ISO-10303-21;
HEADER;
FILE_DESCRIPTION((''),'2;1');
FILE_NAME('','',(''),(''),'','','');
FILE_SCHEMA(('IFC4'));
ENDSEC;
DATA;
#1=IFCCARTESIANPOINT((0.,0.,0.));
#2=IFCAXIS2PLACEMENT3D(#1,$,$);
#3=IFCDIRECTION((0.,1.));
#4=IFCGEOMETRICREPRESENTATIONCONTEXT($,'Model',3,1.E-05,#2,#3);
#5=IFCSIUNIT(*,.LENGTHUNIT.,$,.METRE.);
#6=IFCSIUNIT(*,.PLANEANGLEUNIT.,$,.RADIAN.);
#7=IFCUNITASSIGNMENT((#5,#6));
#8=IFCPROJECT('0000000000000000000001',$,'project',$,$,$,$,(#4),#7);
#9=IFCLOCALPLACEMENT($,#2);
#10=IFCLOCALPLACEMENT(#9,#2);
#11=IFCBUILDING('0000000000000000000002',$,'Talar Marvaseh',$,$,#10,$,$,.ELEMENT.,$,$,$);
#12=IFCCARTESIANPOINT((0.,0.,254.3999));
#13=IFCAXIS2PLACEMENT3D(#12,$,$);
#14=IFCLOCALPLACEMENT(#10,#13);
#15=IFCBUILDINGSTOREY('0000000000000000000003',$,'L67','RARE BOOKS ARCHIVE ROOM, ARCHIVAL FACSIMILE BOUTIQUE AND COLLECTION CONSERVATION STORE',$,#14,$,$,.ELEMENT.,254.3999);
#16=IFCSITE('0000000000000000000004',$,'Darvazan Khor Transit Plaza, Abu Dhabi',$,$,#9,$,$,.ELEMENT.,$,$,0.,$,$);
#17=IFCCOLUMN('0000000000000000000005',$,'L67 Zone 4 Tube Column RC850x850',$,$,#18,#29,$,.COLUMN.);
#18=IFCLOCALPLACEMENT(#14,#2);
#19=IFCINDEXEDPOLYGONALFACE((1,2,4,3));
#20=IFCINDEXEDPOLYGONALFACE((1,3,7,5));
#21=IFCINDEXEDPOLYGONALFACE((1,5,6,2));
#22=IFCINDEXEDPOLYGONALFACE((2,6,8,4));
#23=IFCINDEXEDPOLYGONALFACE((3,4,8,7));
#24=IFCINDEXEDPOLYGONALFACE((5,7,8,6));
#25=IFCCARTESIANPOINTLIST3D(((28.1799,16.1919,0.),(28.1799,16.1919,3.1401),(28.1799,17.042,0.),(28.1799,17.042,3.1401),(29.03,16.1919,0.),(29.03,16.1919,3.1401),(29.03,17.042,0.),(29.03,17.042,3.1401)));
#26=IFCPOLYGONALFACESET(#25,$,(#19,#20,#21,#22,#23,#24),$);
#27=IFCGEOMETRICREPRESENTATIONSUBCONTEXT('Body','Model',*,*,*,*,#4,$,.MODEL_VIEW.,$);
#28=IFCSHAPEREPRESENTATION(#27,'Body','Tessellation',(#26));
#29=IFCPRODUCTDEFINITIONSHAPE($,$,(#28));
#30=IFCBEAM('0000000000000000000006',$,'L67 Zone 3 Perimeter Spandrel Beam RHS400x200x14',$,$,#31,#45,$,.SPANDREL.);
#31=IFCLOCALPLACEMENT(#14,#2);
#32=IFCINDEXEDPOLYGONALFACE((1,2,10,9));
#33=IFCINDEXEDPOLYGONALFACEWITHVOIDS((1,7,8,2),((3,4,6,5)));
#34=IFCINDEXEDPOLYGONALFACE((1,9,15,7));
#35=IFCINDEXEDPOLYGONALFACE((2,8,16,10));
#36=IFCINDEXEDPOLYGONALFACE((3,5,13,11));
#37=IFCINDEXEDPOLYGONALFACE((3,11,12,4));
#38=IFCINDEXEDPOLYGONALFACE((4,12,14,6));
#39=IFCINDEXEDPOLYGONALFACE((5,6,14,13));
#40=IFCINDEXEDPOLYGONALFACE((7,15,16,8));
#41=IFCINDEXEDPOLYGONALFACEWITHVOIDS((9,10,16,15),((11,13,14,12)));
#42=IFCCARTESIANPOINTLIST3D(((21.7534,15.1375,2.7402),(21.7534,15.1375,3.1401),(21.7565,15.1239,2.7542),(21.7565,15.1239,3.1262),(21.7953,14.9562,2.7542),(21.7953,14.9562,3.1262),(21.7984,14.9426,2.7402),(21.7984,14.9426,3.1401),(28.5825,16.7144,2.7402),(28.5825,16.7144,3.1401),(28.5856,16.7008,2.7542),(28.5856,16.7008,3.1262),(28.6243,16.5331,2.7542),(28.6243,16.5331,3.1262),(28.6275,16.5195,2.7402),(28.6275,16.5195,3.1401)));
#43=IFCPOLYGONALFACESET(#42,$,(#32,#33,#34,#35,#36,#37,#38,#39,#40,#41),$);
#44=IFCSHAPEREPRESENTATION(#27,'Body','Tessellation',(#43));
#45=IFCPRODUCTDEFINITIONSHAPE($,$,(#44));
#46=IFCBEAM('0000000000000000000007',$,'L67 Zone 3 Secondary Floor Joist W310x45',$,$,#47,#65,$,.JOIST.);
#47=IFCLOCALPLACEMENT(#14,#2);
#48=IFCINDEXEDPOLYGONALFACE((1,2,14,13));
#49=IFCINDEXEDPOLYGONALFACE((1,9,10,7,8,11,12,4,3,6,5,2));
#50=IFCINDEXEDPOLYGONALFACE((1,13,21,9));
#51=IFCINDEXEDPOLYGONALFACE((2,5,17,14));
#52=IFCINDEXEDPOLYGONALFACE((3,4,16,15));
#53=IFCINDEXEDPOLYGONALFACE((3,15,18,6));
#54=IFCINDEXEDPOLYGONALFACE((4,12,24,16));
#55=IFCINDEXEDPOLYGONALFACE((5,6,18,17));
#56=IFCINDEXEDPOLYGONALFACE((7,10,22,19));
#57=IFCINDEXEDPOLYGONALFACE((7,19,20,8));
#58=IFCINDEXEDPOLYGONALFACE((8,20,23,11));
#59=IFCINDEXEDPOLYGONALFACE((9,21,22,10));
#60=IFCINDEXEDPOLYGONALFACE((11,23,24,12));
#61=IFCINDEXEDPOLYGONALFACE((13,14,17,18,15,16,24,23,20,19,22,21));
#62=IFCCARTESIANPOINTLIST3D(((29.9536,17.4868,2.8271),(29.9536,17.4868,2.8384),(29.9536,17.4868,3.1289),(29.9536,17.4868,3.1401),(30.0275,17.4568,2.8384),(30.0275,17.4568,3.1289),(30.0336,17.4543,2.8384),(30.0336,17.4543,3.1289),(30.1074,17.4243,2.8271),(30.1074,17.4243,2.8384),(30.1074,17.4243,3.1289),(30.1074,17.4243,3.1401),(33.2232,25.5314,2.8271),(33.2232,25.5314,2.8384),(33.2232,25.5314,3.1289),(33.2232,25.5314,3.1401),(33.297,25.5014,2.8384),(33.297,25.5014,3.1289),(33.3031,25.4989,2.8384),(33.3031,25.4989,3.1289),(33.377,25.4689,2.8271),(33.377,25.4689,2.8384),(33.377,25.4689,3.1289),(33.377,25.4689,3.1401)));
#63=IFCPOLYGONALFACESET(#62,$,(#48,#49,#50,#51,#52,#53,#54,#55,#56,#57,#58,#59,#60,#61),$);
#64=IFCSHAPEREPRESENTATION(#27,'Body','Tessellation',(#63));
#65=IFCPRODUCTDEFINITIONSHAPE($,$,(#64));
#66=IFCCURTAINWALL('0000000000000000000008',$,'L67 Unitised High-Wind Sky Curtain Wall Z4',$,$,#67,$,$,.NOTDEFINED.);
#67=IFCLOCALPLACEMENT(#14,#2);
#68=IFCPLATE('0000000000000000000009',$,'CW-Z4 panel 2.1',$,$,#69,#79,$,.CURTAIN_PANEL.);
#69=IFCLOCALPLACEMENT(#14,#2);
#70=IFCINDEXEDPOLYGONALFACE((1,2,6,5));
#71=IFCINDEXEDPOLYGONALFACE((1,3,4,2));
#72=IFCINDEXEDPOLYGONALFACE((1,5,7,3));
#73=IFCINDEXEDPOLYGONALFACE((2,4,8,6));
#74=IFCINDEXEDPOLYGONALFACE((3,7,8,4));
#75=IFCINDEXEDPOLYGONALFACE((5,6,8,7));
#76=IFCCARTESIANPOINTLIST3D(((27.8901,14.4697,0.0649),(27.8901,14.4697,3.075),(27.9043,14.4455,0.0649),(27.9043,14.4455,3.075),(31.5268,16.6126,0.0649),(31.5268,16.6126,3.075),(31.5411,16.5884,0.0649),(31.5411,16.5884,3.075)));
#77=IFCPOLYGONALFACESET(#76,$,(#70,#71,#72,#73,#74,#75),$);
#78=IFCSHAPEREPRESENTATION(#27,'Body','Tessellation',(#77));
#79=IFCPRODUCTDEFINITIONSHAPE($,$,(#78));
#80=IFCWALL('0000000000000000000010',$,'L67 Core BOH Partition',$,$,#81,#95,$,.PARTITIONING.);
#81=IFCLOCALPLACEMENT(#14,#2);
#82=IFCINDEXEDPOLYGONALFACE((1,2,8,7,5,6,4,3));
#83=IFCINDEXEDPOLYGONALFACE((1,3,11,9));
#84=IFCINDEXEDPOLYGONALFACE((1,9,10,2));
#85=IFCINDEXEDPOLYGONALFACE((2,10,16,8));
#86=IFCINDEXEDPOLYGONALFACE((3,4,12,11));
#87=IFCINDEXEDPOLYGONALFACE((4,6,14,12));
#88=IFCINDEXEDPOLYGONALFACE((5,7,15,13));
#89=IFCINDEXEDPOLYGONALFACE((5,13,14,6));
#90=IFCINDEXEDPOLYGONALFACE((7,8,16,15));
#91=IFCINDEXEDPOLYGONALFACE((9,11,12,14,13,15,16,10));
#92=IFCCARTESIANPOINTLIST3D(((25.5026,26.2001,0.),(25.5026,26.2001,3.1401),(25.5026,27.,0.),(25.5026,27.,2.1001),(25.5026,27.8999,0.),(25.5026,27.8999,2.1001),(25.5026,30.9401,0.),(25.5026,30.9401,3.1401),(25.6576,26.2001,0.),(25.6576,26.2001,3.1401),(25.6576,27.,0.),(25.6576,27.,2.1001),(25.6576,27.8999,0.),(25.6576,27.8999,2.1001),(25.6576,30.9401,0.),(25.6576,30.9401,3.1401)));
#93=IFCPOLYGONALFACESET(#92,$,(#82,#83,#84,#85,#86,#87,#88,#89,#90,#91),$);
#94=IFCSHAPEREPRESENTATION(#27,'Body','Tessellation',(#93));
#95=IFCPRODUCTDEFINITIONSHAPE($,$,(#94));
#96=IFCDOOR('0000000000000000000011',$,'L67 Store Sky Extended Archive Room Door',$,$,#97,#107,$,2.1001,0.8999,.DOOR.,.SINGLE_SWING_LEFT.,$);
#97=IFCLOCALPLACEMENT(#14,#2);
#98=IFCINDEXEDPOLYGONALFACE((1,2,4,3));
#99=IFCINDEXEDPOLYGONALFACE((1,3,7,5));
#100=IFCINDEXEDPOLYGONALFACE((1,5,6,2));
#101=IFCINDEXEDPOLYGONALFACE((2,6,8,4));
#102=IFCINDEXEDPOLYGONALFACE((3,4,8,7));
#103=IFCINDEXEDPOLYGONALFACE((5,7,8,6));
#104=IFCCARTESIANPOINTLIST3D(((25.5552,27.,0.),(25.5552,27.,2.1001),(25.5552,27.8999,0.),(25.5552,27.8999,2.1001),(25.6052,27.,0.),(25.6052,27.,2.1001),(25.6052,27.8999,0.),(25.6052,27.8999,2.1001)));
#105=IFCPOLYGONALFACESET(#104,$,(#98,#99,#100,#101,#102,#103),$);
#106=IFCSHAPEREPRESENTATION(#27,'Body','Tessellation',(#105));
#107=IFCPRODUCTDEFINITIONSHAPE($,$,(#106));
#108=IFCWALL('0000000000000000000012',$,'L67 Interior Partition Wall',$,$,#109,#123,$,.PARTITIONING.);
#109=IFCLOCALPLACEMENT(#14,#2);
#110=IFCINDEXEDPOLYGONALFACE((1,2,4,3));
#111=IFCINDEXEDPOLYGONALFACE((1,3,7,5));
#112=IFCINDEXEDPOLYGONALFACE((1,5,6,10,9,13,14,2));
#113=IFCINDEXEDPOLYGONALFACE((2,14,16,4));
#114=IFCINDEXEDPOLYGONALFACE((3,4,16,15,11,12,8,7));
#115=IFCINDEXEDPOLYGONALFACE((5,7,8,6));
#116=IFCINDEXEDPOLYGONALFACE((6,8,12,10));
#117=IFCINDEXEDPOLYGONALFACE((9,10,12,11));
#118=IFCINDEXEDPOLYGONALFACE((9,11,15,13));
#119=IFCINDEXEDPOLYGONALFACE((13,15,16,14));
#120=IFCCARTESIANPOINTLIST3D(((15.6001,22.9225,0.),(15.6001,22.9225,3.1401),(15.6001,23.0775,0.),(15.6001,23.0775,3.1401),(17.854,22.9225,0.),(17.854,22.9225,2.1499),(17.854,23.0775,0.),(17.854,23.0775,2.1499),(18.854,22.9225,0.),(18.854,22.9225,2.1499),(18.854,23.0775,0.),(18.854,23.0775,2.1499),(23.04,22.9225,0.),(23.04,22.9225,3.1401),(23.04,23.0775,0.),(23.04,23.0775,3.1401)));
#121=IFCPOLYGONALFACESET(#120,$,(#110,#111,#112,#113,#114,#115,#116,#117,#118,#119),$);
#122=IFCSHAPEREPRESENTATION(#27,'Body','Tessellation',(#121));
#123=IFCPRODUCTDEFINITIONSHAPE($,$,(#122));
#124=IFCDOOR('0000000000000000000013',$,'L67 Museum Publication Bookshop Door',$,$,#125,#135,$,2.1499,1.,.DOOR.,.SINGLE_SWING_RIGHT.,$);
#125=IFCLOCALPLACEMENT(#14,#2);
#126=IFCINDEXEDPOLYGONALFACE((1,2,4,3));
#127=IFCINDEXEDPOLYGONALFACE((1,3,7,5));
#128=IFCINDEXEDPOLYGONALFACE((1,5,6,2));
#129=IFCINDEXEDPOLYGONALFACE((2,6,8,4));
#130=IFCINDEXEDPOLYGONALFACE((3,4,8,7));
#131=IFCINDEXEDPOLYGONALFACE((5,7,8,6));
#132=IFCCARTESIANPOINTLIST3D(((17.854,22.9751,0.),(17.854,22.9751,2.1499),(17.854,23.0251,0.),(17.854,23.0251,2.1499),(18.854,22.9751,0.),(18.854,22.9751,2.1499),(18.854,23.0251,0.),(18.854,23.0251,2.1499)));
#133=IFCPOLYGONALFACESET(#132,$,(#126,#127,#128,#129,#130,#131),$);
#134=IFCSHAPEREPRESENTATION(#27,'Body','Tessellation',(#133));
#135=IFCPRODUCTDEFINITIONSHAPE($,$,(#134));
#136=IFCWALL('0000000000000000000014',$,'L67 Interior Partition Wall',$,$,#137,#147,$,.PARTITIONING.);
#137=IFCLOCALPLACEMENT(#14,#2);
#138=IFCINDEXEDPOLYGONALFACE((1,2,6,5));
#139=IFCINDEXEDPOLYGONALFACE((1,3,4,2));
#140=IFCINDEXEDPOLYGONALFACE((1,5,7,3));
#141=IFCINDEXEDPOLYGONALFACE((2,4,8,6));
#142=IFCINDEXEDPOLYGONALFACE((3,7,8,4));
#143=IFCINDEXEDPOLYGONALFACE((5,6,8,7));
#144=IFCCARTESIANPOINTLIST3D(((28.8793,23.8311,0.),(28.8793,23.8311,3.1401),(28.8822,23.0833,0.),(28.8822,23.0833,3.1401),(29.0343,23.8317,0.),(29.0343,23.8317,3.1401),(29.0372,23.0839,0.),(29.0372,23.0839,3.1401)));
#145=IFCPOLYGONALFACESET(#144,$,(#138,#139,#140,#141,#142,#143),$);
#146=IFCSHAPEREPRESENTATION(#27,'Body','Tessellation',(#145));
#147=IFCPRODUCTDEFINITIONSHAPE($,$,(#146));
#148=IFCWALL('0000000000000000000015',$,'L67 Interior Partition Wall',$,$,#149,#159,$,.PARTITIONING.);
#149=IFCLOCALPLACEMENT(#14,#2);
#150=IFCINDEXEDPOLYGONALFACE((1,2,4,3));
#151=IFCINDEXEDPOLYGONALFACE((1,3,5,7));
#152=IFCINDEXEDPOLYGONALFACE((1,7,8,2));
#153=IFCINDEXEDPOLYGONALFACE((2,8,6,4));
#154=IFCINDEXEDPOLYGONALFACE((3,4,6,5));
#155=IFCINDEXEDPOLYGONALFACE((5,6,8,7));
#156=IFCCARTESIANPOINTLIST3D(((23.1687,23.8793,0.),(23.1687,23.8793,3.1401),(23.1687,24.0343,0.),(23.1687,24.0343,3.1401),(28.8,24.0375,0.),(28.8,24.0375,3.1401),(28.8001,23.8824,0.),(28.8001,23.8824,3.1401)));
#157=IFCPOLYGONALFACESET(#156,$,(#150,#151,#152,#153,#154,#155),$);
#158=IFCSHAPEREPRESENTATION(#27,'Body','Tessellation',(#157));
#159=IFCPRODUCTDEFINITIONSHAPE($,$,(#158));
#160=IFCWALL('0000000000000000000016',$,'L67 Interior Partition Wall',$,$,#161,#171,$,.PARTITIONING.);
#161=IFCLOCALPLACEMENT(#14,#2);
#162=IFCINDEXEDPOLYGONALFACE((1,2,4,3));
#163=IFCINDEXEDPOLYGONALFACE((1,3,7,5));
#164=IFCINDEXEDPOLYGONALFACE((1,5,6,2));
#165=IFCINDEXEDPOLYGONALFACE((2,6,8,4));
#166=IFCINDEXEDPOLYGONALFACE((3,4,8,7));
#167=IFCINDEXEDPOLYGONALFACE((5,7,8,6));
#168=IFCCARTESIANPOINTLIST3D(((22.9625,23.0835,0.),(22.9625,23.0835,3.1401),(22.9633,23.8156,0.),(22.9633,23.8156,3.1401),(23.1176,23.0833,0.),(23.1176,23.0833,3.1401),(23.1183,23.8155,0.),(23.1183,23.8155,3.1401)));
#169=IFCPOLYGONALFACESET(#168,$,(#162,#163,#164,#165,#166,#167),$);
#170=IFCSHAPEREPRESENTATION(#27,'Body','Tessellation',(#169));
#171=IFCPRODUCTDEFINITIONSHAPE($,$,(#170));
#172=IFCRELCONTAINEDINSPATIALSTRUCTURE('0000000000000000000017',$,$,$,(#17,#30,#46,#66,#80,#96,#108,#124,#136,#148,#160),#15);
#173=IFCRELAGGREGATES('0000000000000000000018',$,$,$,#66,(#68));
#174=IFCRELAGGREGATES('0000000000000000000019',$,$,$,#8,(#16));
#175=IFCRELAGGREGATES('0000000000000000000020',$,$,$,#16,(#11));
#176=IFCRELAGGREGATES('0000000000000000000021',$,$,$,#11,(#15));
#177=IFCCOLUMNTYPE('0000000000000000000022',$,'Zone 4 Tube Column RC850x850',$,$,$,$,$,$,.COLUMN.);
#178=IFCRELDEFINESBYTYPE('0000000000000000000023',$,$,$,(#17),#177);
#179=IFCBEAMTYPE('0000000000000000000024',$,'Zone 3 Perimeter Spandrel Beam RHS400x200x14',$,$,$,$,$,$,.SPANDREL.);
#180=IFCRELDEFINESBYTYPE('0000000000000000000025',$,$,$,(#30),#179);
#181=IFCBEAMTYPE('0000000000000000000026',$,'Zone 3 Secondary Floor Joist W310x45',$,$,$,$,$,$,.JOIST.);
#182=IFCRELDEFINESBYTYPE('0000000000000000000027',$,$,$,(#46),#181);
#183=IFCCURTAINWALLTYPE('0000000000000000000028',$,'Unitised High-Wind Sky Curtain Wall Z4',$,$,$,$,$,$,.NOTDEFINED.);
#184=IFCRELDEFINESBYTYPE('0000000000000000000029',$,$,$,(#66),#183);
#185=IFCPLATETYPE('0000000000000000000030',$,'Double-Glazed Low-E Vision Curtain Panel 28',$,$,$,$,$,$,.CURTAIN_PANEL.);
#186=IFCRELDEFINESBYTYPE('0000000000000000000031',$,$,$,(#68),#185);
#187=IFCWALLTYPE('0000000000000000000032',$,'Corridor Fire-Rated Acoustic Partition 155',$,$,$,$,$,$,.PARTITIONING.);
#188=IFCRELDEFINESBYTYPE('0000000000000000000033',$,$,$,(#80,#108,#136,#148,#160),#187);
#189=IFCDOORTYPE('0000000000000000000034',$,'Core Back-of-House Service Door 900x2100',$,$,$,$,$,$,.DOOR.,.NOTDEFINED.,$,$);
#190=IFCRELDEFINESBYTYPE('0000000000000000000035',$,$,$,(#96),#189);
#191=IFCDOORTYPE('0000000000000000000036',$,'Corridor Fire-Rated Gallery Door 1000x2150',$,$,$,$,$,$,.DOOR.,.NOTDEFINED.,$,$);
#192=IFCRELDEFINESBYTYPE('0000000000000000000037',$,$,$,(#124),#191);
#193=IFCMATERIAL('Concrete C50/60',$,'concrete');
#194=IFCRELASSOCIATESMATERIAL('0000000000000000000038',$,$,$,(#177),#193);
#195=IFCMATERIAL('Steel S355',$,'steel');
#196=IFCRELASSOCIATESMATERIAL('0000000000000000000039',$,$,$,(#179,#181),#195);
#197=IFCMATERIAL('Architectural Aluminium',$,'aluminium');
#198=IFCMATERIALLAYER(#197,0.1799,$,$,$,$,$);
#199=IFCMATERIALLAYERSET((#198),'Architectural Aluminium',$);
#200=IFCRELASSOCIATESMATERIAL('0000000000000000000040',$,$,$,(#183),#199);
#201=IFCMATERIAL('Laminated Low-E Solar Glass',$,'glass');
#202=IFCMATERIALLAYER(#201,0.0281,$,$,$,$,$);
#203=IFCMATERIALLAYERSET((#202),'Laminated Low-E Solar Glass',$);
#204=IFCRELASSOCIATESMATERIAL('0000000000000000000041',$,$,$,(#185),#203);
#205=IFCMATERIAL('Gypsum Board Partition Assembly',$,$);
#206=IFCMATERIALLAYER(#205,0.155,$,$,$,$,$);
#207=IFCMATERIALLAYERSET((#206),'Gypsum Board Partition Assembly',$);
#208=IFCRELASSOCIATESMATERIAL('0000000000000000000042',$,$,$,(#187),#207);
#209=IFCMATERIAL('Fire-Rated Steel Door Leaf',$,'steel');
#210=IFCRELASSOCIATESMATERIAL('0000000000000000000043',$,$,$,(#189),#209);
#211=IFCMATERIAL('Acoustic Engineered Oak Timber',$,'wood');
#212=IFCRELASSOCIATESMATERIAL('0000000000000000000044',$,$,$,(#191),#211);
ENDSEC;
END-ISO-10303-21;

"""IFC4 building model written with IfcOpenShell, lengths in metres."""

from ifc_helpers import new_model, si_unit, direction, frame, frame_2d, origin, origin_2d, place, context, subcontext, project, spatial, rectangle, hollow_rectangle, i_section, extrude, source, transform, mapped, material, layer, layer_set, material_profile, profile_set, type_object, type_shapes, element, fill, aggregate, save


model = new_model("IFC4")

# Units and contexts
model_context = context("Model", 3, precision=1e-05, world=origin(), true_north=direction((0.0, 1.0)))
body_context = subcontext(model_context, "Body", "Model", "MODEL_VIEW")
ifc_project = project(units=[si_unit("LENGTHUNIT", "METRE"), si_unit("PLANEANGLEUNIT", "RADIAN")], contexts=[model_context])

# Site, building, storey
site_placement = place(None, origin())
site = spatial("IfcSite", under=ifc_project, at=site_placement, Name="Darvazan Khor Transit Plaza, Abu Dhabi", CompositionType="ELEMENT", RefElevation=0.0)
building_placement = place(site_placement, origin())
building = spatial("IfcBuilding", under=site, at=building_placement, Name="Talar Marvaseh", CompositionType="ELEMENT")
storey_placement = place(building_placement, frame((0.0, 0.0, 254.3999)))
storey = spatial("IfcBuildingStorey", under=building, at=storey_placement, Name="L67", Description="RARE BOOKS ARCHIVE ROOM, ARCHIVAL FACSIMILE BOUTIQUE AND COLLECTION CONSERVATION STORE", CompositionType="ELEMENT", Elevation=254.3999)

# Column
ifc_material_1 = material(Name="Concrete C50/60", Category="concrete")
ifc_material_profile_1 = material_profile(ifc_material_1, rectangle(XDim=0.8501, YDim=0.8501, at=origin_2d()), Name="RC850x850")
ifc_profile_set_1 = profile_set([ifc_material_profile_1], Name="Concrete C50/60")
column_type = type_object("IfcColumnType", Name="Zone 4 Tube Column RC850x850", PredefinedType="COLUMN", material=ifc_profile_set_1)
column_placement = place(storey_placement, frame((28.605, 16.6169, 0.0), z_axis=(0.0, 0.0, 1.0), x_axis=(1.0, 0.0, 0.0)))
element("IfcColumn", 1, at=column_placement, inside=storey, type_object=column_type, Name="L67 Zone 4 Tube Column RC850x850", PredefinedType="COLUMN", context=body_context, shape_type="SweptSolid", body=[
    extrude(rectangle(XDim=0.8501, YDim=0.8501, at=origin_2d()), origin(), (0.0, 0.0, 1.0), 3.1401),
])

# Beams
ifc_material_2 = material(Name="Steel S355", Category="steel")
ifc_material_profile_2 = material_profile(ifc_material_2, hollow_rectangle(XDim=0.2, YDim=0.3999, WallThickness=0.0139, at=origin_2d()), Name="RHS400x200x14")
ifc_profile_set_2 = profile_set([ifc_material_profile_2], Name="Steel S355")
beam_type_1 = type_object("IfcBeamType", Name="Zone 3 Perimeter Spandrel Beam RHS400x200x14", PredefinedType="SPANDREL", material=ifc_profile_set_2)
beam_1_placement = place(storey_placement, frame((28.605, 16.6169, 2.9402), z_axis=(-0.974361, -0.224989, 0.0), x_axis=(0.224989, -0.974361, 0.0)))
element("IfcBeam", 2, at=beam_1_placement, inside=storey, type_object=beam_type_1, Name="L67 Zone 3 Perimeter Spandrel Beam RHS400x200x14", PredefinedType="SPANDREL", context=body_context, shape_type="SweptSolid", body=[
    extrude(hollow_rectangle(XDim=0.2, YDim=0.3999, WallThickness=0.0139, at=origin_2d()), origin(), (0.0, 0.0, 1.0), 7.0088),
])
ifc_material_profile_3 = material_profile(ifc_material_2, i_section(OverallWidth=0.166, OverallDepth=0.313, WebThickness=0.0066, FlangeThickness=0.0112, at=origin_2d()), Name="W310x45")
ifc_profile_set_3 = profile_set([ifc_material_profile_3], Name="Steel S355")
beam_type_2 = type_object("IfcBeamType", Name="Zone 3 Secondary Floor Joist W310x45", PredefinedType="JOIST", material=ifc_profile_set_3)
beam_2_placement = place(storey_placement, frame((30.0305, 17.4556, 2.9836), z_axis=(0.376523, 0.926407, 0.0), x_axis=(-0.926407, 0.376523, 0.0)))
element("IfcBeam", 3, at=beam_2_placement, inside=storey, type_object=beam_type_2, Name="L67 Zone 3 Secondary Floor Joist W310x45", PredefinedType="JOIST", context=body_context, shape_type="SweptSolid", body=[
    extrude(i_section(OverallWidth=0.166, OverallDepth=0.313, WebThickness=0.0066, FlangeThickness=0.0112, at=origin_2d()), origin(), (0.0, 0.0, 1.0), 8.6836),
])

# Curtain wall, plate
ifc_material_3 = material(Name="Architectural Aluminium", Category="aluminium")
ifc_layer_1 = layer(ifc_material_3, 0.1799)
ifc_layer_set_1 = layer_set([ifc_layer_1], Name="Architectural Aluminium")
curtain_wall_type = type_object("IfcCurtainWallType", Name="Unitised High-Wind Sky Curtain Wall Z4", PredefinedType="NOTDEFINED", material=ifc_layer_set_1)
curtain_wall_placement = place(storey_placement, origin())
curtain_wall = element("IfcCurtainWall", 4, at=curtain_wall_placement, inside=storey, type_object=curtain_wall_type, Name="L67 Unitised High-Wind Sky Curtain Wall Z4", PredefinedType="NOTDEFINED")
ifc_material_4 = material(Name="Laminated Low-E Solar Glass", Category="glass")
ifc_layer_2 = layer(ifc_material_4, 0.0281)
ifc_layer_set_2 = layer_set([ifc_layer_2], Name="Laminated Low-E Solar Glass")
plate_type = type_object("IfcPlateType", Name="Double-Glazed Low-E Vision Curtain Panel 28", PredefinedType="CURTAIN_PANEL", material=ifc_layer_set_2)
shared_shape_1 = source(origin(), body_context, "Body", "SweptSolid", [
    extrude(rectangle(XDim=4.2212, YDim=0.0281, at=origin_2d()), origin(), (0.0, 0.0, 1.0), 3.01),
])
type_shapes(plate_type, [shared_shape_1])
plate_placement = place(storey_placement, frame((29.7156, 15.5291, 0.0649), z_axis=(0.0, 0.0, 1.0), x_axis=(-0.861551, -0.507672, 0.0)))
plate = element("IfcPlate", 5, at=plate_placement, type_object=plate_type, Name="CW-Z4 panel 2.1", PredefinedType="CURTAIN_PANEL", context=body_context, shape_type="MappedRepresentation", body=[
    mapped(shared_shape_1, transform((0.0, 0.0, 0.0), x_axis=(1.0, 0.0, 0.0), y_axis=(0.0, 1.0, 0.0), z_axis=(0.0, 0.0, 1.0), scale=1.0)),
])
aggregate(curtain_wall, [plate])

# Walls, openings, doors
ifc_material_5 = material(Name="Gypsum Board Partition Assembly")
ifc_layer_3 = layer(ifc_material_5, 0.155)
ifc_layer_set_3 = layer_set([ifc_layer_3], Name="Gypsum Board Partition Assembly")
wall_type_1 = type_object("IfcWallType", Name="Corridor Fire-Rated Acoustic Partition 155", PredefinedType="PARTITIONING", material=ifc_layer_set_3)
wall_1_placement = place(storey_placement, frame((25.5801, 26.2, 0.0), z_axis=(0.0, 0.0, 1.0), x_axis=(0.0, 1.0, 0.0)))
wall_1 = element("IfcWall", 6, at=wall_1_placement, inside=storey, type_object=wall_type_1, Name="L67 Core BOH Partition", PredefinedType="PARTITIONING", context=body_context, shape_type="SweptSolid", body=[
    extrude(rectangle(XDim=4.74, YDim=0.155, at=frame_2d((2.3701, 0.0))), origin(), (0.0, 0.0, 1.0), 3.1401),
])
opening_1_placement = place(wall_1_placement, frame((0.8, 0.0, 0.0)))
opening_1 = element("IfcOpeningElement", 7, at=opening_1_placement, cuts=wall_1, PredefinedType="OPENING", context=body_context, shape_type="SweptSolid", body=[
    extrude(rectangle(XDim=0.8999, YDim=2.1001, at=frame_2d((0.45, 1.05))), frame((0.0, 0.0874, 0.0), z_axis=(0.0, -1.0, 0.0), x_axis=(1.0, 0.0, 0.0)), (0.0, 0.0, 1.0), 0.175),
])
ifc_material_6 = material(Name="Fire-Rated Steel Door Leaf", Category="steel")
door_type_1 = type_object("IfcDoorType", Name="Core Back-of-House Service Door 900x2100", OperationType="NOTDEFINED", PredefinedType="DOOR", material=ifc_material_6)
shared_shape_2 = source(origin(), body_context, "Body", "SweptSolid", [
    extrude(rectangle(XDim=0.8999, YDim=2.1001, at=frame_2d((0.45, 1.05))), frame((0.0, 0.0249, 0.0), z_axis=(0.0, -1.0, 0.0), x_axis=(1.0, 0.0, 0.0)), (0.0, 0.0, 1.0), 0.05),
])
type_shapes(door_type_1, [shared_shape_2])
door_1_placement = place(opening_1_placement, origin())
door_1 = element("IfcDoor", 8, at=door_1_placement, inside=storey, type_object=door_type_1, Name="L67 Store Sky Extended Archive Room Door", OperationType="SINGLE_SWING_LEFT", OverallHeight=2.1001, OverallWidth=0.8999, PredefinedType="DOOR", context=body_context, shape_type="MappedRepresentation", body=[
    mapped(shared_shape_2, transform((0.0, 0.0, 0.0), x_axis=(1.0, 0.0, 0.0), y_axis=(0.0, 1.0, 0.0), z_axis=(0.0, 0.0, 1.0), scale=1.0)),
])
fill(opening_1, door_1)
wall_2_placement = place(storey_placement, frame((23.04, 23.0, 0.0), z_axis=(0.0, 0.0, 1.0), x_axis=(-1.0, 0.0, 0.0)))
wall_2 = element("IfcWall", 9, at=wall_2_placement, inside=storey, type_object=wall_type_1, Name="L67 Interior Partition Wall", PredefinedType="PARTITIONING", context=body_context, shape_type="SweptSolid", body=[
    extrude(rectangle(XDim=7.4399, YDim=0.155, at=frame_2d((3.72, 0.0))), origin(), (0.0, 0.0, 1.0), 3.1401),
])
opening_2_placement = place(wall_2_placement, frame((4.186, 0.0, 0.0)))
opening_2 = element("IfcOpeningElement", 10, at=opening_2_placement, cuts=wall_2, PredefinedType="OPENING", context=body_context, shape_type="SweptSolid", body=[
    extrude(rectangle(XDim=1.0, YDim=2.1499, at=frame_2d((0.5, 1.075))), frame((0.0, 0.0874, 0.0), z_axis=(0.0, -1.0, 0.0), x_axis=(1.0, 0.0, 0.0)), (0.0, 0.0, 1.0), 0.175),
])
ifc_material_7 = material(Name="Acoustic Engineered Oak Timber", Category="wood")
door_type_2 = type_object("IfcDoorType", Name="Corridor Fire-Rated Gallery Door 1000x2150", OperationType="NOTDEFINED", PredefinedType="DOOR", material=ifc_material_7)
shared_shape_3 = source(origin(), body_context, "Body", "SweptSolid", [
    extrude(rectangle(XDim=1.0, YDim=2.1499, at=frame_2d((0.5, 1.075))), frame((0.0, 0.0249, 0.0), z_axis=(0.0, -1.0, 0.0), x_axis=(1.0, 0.0, 0.0)), (0.0, 0.0, 1.0), 0.05),
])
type_shapes(door_type_2, [shared_shape_3])
door_2_placement = place(opening_2_placement, origin())
door_2 = element("IfcDoor", 11, at=door_2_placement, inside=storey, type_object=door_type_2, Name="L67 Museum Publication Bookshop Door", OperationType="SINGLE_SWING_RIGHT", OverallHeight=2.1499, OverallWidth=1.0, PredefinedType="DOOR", context=body_context, shape_type="MappedRepresentation", body=[
    mapped(shared_shape_3, transform((0.0, 0.0, 0.0), x_axis=(1.0, 0.0, 0.0), y_axis=(0.0, 1.0, 0.0), z_axis=(0.0, 0.0, 1.0), scale=1.0)),
])
fill(opening_2, door_2)

# Walls
wall_3_placement = place(storey_placement, frame((28.9597, 23.0835, 0.0), z_axis=(0.0, 0.0, 1.0), x_axis=(-0.003918, 0.999992, 0.0)))
element("IfcWall", 12, at=wall_3_placement, inside=storey, type_object=wall_type_1, Name="L67 Interior Partition Wall", PredefinedType="PARTITIONING", context=body_context, shape_type="SweptSolid", body=[
    extrude(rectangle(XDim=0.7478, YDim=0.155, at=frame_2d((0.374, 0.0))), origin(), (0.0, 0.0, 1.0), 3.1401),
])
wall_4_placement = place(storey_placement, frame((28.8, 23.96, 0.0), z_axis=(0.0, 0.0, 1.0), x_axis=(-1.0, -0.000564, 0.0)))
element("IfcWall", 13, at=wall_4_placement, inside=storey, type_object=wall_type_1, Name="L67 Interior Partition Wall", PredefinedType="PARTITIONING", context=body_context, shape_type="SweptSolid", body=[
    extrude(rectangle(XDim=5.6313, YDim=0.155, at=frame_2d((2.8157, 0.0))), origin(), (0.0, 0.0, 1.0), 3.1401),
])
wall_5_placement = place(storey_placement, frame((23.0408, 23.8157, 0.0), z_axis=(0.0, 0.0, 1.0), x_axis=(-0.001, -0.999999, 0.0)))
element("IfcWall", 14, at=wall_5_placement, inside=storey, type_object=wall_type_1, Name="L67 Interior Partition Wall", PredefinedType="PARTITIONING", context=body_context, shape_type="SweptSolid", body=[
    extrude(rectangle(XDim=0.7322, YDim=0.155, at=frame_2d((0.3662, 0.0))), origin(), (0.0, 0.0, 1.0), 3.1401),
])

save(model, "model.ifc")
